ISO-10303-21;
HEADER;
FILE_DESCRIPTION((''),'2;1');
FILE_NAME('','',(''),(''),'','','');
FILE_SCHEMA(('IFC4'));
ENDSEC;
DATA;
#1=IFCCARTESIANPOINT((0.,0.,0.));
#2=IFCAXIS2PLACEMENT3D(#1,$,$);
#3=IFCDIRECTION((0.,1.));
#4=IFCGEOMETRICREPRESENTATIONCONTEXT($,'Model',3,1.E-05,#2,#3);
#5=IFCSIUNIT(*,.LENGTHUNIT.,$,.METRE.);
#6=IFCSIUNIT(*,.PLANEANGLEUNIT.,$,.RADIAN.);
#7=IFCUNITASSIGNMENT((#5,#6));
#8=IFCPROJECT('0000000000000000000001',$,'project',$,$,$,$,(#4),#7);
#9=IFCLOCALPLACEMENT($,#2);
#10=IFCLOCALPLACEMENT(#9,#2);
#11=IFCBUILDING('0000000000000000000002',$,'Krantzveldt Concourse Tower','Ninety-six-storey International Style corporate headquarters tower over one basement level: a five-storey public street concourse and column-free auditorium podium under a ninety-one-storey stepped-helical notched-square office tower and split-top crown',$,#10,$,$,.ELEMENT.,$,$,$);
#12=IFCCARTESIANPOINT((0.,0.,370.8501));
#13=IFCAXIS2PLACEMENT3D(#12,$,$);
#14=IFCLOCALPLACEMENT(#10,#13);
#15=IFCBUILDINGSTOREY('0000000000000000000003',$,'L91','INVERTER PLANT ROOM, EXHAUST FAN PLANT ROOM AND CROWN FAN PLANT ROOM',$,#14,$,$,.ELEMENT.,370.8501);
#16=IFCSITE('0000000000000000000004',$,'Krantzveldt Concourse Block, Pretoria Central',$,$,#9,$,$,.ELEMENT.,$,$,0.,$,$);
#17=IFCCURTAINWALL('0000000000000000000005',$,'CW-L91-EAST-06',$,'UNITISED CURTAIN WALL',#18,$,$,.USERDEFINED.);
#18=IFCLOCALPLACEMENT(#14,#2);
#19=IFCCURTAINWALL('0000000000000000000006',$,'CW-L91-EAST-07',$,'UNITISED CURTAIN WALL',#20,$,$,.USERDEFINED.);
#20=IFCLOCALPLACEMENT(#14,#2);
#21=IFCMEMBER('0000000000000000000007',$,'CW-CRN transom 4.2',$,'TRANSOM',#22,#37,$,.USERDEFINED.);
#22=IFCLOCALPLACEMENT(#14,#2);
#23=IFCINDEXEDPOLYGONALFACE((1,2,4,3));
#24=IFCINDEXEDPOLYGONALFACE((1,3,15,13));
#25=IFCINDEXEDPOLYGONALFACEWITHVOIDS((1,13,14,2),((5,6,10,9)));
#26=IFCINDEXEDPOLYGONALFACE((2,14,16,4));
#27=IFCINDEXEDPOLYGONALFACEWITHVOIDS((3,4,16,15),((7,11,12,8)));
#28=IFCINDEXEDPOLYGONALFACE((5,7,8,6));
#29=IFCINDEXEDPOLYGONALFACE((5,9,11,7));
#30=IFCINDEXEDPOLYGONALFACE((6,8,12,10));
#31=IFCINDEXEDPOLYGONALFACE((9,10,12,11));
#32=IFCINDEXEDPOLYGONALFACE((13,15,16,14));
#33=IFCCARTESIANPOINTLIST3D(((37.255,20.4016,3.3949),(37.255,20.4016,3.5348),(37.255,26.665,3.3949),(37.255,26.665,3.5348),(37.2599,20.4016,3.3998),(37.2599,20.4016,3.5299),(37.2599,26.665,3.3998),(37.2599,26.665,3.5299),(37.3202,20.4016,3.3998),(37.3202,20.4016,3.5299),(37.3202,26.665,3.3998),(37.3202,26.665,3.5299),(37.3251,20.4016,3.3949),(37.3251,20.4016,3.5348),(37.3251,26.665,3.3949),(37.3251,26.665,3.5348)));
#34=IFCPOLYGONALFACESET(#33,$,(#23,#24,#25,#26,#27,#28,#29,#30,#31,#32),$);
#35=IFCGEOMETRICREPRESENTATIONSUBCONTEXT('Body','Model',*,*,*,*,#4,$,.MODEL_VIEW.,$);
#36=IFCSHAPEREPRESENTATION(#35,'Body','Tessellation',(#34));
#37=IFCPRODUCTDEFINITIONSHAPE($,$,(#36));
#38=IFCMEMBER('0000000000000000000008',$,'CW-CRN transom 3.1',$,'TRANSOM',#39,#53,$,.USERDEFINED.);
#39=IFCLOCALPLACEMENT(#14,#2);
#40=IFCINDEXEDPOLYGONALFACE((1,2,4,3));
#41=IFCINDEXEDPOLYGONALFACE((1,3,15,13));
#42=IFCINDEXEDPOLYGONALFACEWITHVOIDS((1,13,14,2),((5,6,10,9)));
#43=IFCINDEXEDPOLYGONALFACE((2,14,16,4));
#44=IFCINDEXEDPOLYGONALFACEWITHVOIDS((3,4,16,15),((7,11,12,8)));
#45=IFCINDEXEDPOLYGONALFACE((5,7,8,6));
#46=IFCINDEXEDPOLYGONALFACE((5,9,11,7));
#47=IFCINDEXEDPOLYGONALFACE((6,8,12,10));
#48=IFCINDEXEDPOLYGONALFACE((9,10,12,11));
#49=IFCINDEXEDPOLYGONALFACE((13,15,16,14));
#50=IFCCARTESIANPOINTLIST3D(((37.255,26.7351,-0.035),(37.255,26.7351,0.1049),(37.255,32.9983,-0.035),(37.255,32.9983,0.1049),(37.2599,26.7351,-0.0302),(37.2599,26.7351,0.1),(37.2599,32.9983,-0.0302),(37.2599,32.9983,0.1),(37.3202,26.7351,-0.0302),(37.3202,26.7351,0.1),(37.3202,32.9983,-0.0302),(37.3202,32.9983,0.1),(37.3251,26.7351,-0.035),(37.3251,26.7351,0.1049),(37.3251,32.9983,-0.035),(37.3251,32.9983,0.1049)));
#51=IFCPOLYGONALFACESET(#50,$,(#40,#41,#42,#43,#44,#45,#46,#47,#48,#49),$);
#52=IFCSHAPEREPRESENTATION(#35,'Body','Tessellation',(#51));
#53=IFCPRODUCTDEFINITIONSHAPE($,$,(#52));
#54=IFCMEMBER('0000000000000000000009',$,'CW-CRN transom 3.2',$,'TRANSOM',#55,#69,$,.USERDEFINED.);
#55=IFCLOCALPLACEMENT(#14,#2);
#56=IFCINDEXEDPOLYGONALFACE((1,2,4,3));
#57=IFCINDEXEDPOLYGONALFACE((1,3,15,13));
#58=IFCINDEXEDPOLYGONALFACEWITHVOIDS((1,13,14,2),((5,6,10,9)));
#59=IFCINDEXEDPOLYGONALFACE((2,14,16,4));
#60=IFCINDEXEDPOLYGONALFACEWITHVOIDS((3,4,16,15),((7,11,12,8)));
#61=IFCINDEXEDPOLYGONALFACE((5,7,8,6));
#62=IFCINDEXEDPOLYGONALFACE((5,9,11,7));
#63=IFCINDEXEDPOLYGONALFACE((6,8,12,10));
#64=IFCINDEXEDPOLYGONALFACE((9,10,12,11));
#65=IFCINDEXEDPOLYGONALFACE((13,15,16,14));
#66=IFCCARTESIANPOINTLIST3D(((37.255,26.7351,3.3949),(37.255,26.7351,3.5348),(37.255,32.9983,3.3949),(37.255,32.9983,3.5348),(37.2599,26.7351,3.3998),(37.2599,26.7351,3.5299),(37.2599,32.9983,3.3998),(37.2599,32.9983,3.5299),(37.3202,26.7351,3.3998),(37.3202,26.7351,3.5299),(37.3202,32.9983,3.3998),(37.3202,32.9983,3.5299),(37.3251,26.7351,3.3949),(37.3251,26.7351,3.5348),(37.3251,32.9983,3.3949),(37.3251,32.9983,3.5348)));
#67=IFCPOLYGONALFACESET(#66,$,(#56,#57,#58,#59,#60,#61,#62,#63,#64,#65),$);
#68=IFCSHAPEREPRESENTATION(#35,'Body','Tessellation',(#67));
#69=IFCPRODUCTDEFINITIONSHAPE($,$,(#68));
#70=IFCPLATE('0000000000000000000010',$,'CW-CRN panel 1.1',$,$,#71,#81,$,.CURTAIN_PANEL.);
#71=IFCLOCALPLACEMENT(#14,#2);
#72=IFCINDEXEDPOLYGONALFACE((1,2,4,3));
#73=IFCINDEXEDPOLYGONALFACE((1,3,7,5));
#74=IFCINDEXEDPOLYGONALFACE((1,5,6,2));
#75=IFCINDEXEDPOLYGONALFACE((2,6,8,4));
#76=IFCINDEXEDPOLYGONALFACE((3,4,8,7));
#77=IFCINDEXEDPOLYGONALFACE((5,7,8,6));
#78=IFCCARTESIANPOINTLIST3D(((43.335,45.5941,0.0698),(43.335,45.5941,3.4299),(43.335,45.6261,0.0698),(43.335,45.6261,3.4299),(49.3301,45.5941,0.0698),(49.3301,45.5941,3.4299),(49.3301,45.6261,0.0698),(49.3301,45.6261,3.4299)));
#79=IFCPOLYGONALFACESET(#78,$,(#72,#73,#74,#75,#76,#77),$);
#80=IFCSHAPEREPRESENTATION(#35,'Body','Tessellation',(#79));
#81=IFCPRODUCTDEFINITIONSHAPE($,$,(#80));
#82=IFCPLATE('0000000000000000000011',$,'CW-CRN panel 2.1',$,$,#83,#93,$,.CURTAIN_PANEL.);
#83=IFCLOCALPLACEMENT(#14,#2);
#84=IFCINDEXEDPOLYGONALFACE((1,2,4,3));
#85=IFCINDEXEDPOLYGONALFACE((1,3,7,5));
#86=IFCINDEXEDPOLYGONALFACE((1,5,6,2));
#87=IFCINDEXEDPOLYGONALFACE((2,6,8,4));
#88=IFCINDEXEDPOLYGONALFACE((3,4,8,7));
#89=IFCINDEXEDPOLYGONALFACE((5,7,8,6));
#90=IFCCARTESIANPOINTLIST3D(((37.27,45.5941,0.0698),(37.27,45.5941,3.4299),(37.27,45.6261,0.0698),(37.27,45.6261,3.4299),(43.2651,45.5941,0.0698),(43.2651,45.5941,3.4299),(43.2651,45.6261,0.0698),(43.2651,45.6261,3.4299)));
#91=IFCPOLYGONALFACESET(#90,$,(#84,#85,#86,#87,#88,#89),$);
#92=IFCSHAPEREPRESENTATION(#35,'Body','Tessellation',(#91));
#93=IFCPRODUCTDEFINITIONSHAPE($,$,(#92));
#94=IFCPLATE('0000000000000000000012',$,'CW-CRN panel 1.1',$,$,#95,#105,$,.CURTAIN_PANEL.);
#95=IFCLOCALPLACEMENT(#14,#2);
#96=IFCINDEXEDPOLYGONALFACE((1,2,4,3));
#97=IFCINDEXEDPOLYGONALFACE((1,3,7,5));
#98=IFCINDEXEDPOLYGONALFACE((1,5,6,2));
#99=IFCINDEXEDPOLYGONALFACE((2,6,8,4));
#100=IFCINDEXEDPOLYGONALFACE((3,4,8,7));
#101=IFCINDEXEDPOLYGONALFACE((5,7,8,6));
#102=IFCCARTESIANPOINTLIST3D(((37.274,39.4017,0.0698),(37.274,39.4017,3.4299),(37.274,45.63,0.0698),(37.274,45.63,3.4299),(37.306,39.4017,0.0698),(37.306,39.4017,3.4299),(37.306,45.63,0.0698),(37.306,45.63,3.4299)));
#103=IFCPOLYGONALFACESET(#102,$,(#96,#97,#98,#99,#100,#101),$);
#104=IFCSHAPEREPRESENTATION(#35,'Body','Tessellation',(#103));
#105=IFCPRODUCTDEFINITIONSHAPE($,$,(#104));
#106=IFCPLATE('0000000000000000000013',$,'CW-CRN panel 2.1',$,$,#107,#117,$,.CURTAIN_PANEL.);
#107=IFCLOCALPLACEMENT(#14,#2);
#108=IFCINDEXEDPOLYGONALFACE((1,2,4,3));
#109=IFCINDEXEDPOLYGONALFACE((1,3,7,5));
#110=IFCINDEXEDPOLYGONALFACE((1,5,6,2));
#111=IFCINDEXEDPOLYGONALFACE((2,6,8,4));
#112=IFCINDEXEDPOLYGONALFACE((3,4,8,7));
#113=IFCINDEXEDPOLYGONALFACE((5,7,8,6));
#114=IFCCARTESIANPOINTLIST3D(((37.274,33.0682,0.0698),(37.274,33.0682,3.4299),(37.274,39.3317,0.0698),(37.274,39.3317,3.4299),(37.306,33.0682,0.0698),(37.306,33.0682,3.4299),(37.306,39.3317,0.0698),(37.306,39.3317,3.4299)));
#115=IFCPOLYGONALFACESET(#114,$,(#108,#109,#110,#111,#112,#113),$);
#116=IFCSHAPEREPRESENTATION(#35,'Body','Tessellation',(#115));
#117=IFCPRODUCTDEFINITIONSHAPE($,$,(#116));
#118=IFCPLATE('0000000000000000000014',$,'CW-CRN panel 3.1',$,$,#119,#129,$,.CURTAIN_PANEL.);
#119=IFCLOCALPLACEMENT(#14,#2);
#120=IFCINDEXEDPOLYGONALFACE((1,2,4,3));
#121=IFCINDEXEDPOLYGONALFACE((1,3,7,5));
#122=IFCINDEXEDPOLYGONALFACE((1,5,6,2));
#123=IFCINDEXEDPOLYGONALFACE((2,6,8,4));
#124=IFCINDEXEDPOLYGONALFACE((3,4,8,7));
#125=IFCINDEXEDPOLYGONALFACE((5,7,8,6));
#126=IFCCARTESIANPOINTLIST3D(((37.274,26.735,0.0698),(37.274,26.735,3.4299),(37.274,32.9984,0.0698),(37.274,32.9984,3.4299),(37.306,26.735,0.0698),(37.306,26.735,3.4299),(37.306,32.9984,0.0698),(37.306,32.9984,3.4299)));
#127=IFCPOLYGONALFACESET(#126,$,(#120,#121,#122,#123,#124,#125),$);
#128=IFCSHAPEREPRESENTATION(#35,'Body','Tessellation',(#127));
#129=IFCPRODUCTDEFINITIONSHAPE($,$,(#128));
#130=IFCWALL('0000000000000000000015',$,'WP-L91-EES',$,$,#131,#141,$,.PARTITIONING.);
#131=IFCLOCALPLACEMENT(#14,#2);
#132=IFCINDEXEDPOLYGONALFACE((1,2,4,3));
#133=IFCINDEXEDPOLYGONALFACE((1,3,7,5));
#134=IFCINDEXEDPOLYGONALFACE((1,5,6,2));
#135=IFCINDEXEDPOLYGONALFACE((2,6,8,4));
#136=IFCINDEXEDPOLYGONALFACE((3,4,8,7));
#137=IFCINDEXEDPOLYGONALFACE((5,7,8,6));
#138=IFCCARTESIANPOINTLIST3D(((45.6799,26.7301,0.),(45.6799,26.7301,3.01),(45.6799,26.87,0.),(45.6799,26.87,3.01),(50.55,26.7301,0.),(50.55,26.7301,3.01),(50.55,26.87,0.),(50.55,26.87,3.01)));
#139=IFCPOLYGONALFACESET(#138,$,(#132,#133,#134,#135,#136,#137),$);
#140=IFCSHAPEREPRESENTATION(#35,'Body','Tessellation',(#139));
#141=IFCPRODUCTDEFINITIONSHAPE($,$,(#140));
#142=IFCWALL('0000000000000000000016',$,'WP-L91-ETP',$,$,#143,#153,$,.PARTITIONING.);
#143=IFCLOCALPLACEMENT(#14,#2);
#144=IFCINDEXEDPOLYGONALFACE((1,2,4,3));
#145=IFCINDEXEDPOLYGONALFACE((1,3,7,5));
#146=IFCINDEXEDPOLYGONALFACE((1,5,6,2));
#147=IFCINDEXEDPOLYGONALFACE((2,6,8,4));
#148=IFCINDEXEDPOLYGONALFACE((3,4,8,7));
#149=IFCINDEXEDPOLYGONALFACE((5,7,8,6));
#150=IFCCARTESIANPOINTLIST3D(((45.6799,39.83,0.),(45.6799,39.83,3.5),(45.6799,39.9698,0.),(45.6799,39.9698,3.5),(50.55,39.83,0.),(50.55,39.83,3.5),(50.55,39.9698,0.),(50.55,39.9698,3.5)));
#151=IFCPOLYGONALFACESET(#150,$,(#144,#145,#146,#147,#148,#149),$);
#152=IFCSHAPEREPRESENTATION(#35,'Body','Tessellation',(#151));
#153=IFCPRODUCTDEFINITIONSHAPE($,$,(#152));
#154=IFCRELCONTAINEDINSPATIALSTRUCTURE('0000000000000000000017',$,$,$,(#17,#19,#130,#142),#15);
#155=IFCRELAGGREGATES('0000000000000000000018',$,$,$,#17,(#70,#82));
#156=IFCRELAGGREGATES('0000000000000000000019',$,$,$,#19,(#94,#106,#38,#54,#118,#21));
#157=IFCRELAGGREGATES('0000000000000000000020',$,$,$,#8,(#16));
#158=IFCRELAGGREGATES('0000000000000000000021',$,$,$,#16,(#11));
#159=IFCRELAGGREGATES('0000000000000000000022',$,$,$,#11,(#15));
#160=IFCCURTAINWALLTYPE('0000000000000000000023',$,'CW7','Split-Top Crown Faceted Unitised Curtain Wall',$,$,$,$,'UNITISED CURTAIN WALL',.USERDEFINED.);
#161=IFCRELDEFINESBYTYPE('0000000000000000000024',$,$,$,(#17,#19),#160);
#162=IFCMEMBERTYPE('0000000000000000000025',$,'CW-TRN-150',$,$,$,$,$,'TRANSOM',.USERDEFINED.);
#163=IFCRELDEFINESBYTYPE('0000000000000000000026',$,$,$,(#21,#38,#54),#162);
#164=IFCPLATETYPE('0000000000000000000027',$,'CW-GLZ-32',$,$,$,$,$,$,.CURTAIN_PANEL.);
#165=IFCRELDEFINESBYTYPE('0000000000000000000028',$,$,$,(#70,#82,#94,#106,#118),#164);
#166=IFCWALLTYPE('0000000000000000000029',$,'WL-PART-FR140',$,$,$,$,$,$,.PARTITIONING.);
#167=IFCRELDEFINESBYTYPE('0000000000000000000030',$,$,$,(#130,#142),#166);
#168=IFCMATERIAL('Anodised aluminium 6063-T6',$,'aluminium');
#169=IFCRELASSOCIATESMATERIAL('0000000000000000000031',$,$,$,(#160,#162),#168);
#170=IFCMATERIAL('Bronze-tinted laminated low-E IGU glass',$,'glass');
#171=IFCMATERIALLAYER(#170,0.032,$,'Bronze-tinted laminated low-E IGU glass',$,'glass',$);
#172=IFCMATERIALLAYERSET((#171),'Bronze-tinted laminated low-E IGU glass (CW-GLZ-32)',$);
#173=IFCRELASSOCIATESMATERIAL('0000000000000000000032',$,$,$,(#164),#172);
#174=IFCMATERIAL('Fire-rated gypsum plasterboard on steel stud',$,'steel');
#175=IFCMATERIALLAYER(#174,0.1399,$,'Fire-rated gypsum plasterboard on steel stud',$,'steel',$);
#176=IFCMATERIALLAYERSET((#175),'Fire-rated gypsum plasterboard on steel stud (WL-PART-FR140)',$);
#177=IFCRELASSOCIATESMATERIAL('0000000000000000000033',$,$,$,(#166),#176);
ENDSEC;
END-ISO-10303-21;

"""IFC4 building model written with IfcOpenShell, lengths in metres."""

from ifc_helpers import new_model, si_unit, direction, frame, frame_2d, origin, origin_2d, place, context, subcontext, project, spatial, rectangle, hollow_rectangle, extrude, source, transform, mapped, material, layer, layer_set, material_profile, profile_set, type_object, type_shapes, element, aggregate, save


model = new_model("IFC4")

# Units and contexts
model_context = context("Model", 3, precision=1e-05, world=origin(), true_north=direction((0.0, 1.0)))
body_context = subcontext(model_context, "Body", "Model", "MODEL_VIEW")
ifc_project = project(units=[si_unit("LENGTHUNIT", "METRE"), si_unit("PLANEANGLEUNIT", "RADIAN")], contexts=[model_context])

# Site, building, storey
site_placement = place(None, origin())
site = spatial("IfcSite", under=ifc_project, at=site_placement, Name="Krantzveldt Concourse Block, Pretoria Central", CompositionType="ELEMENT", RefElevation=0.0)
building_placement = place(site_placement, origin())
building = spatial("IfcBuilding", under=site, at=building_placement, Name="Krantzveldt Concourse Tower", Description="Ninety-six-storey International Style corporate headquarters tower over one basement level: a five-storey public street concourse and column-free auditorium podium under a ninety-one-storey stepped-helical notched-square office tower and split-top crown", CompositionType="ELEMENT")
storey_placement = place(building_placement, frame((0.0, 0.0, 370.8501)))
storey = spatial("IfcBuildingStorey", under=building, at=storey_placement, Name="L91", Description="INVERTER PLANT ROOM, EXHAUST FAN PLANT ROOM AND CROWN FAN PLANT ROOM", CompositionType="ELEMENT", Elevation=370.8501)

# Shared definitions
ifc_material_1 = material(Name="Anodised aluminium 6063-T6", Category="aluminium")
curtain_wall_type = type_object("IfcCurtainWallType", Name="CW7", Description="Split-Top Crown Faceted Unitised Curtain Wall", ElementType="UNITISED CURTAIN WALL", PredefinedType="USERDEFINED", material=ifc_material_1)

# Curtain walls
curtain_wall_1_placement = place(storey_placement, origin())
curtain_wall_1 = element("IfcCurtainWall", 1, at=curtain_wall_1_placement, inside=storey, type_object=curtain_wall_type, Name="CW-L91-EAST-06", ObjectType="UNITISED CURTAIN WALL", PredefinedType="USERDEFINED")
curtain_wall_2_placement = place(storey_placement, origin())
curtain_wall_2 = element("IfcCurtainWall", 2, at=curtain_wall_2_placement, inside=storey, type_object=curtain_wall_type, Name="CW-L91-EAST-07", ObjectType="UNITISED CURTAIN WALL", PredefinedType="USERDEFINED")

# Members
ifc_material_profile_1 = material_profile(ifc_material_1, hollow_rectangle(XDim=0.0701, YDim=0.1399, WallThickness=0.0049, at=origin_2d()), Name="Anodised aluminium 6063-T6", Category="aluminium")
ifc_profile_set_1 = profile_set([ifc_material_profile_1], Name="Anodised aluminium 6063-T6 - ALU-TRAN 140x70x5")
member_type_1 = type_object("IfcMemberType", Name="CW-TRN-150", ElementType="TRANSOM", PredefinedType="USERDEFINED", material=ifc_profile_set_1)
shared_shape_1 = source(origin(), body_context, "Body", "SweptSolid", [
    extrude(hollow_rectangle(XDim=0.0701, YDim=0.1399, WallThickness=0.0049, at=origin_2d()), origin(), (0.0, 0.0, 1.0), 6.2634),
])
member_1_placement = place(storey_placement, frame((37.29, 26.665, 3.4648), z_axis=(0.0, -1.0, 0.0), x_axis=(1.0, 0.0, 0.0)))
member_1 = element("IfcMember", 3, at=member_1_placement, type_object=member_type_1, Name="CW-CRN transom 4.2", ObjectType="TRANSOM", PredefinedType="USERDEFINED", context=body_context, shape_type="MappedRepresentation", body=[
    mapped(shared_shape_1, transform((0.0, 0.0, 0.0), x_axis=(1.0, 0.0, 0.0), y_axis=(0.0, 1.0, 0.0), z_axis=(0.0, 0.0, 1.0), scale=1.0)),
])
shared_shape_2 = source(origin(), body_context, "Body", "SweptSolid", [
    extrude(hollow_rectangle(XDim=0.0701, YDim=0.1399, WallThickness=0.0049, at=origin_2d()), origin(), (0.0, 0.0, 1.0), 6.2632),
])
member_2_placement = place(storey_placement, frame((37.29, 32.9983, 0.0349), z_axis=(0.0, -1.0, 0.0), x_axis=(1.0, 0.0, 0.0)))
member_2 = element("IfcMember", 4, at=member_2_placement, type_object=member_type_1, Name="CW-CRN transom 3.1", ObjectType="TRANSOM", PredefinedType="USERDEFINED", context=body_context, shape_type="MappedRepresentation", body=[
    mapped(shared_shape_2, transform((0.0, 0.0, 0.0), x_axis=(1.0, 0.0, 0.0), y_axis=(0.0, 1.0, 0.0), z_axis=(0.0, 0.0, 1.0), scale=1.0)),
])
member_3_placement = place(storey_placement, frame((37.29, 32.9983, 3.4648), z_axis=(0.0, -1.0, 0.0), x_axis=(1.0, 0.0, 0.0)))
member_3 = element("IfcMember", 5, at=member_3_placement, type_object=member_type_1, Name="CW-CRN transom 3.2", ObjectType="TRANSOM", PredefinedType="USERDEFINED", context=body_context, shape_type="MappedRepresentation", body=[
    mapped(shared_shape_2, transform((0.0, 0.0, 0.0), x_axis=(1.0, 0.0, 0.0), y_axis=(0.0, 1.0, 0.0), z_axis=(0.0, 0.0, 1.0), scale=1.0)),
])

# Plates
ifc_material_2 = material(Name="Bronze-tinted laminated low-E IGU glass", Category="glass")
ifc_layer_1 = layer(ifc_material_2, 0.032, Name="Bronze-tinted laminated low-E IGU glass", Category="glass")
ifc_layer_set_1 = layer_set([ifc_layer_1], Name="Bronze-tinted laminated low-E IGU glass (CW-GLZ-32)")
plate_type = type_object("IfcPlateType", Name="CW-GLZ-32", PredefinedType="CURTAIN_PANEL", material=ifc_layer_set_1)
shared_shape_3 = source(origin(), body_context, "Body", "SweptSolid", [
    extrude(rectangle(XDim=5.9951, YDim=0.032, at=origin_2d()), origin(), (0.0, 0.0, 1.0), 3.3601),
])
plate_1_placement = place(storey_placement, frame((46.3325, 45.6101, 0.0698), z_axis=(0.0, 0.0, 1.0), x_axis=(-1.0, 0.0, 0.0)))
plate_1 = element("IfcPlate", 6, at=plate_1_placement, type_object=plate_type, Name="CW-CRN panel 1.1", PredefinedType="CURTAIN_PANEL", context=body_context, shape_type="MappedRepresentation", body=[
    mapped(shared_shape_3, transform((0.0, 0.0, 0.0), x_axis=(1.0, 0.0, 0.0), y_axis=(0.0, 1.0, 0.0), z_axis=(0.0, 0.0, 1.0), scale=1.0)),
])
plate_2_placement = place(storey_placement, frame((40.2676, 45.6101, 0.0698), z_axis=(0.0, 0.0, 1.0), x_axis=(-1.0, 0.0, 0.0)))
plate_2 = element("IfcPlate", 7, at=plate_2_placement, type_object=plate_type, Name="CW-CRN panel 2.1", PredefinedType="CURTAIN_PANEL", context=body_context, shape_type="MappedRepresentation", body=[
    mapped(shared_shape_3, transform((0.0, 0.0, 0.0), x_axis=(1.0, 0.0, 0.0), y_axis=(0.0, 1.0, 0.0), z_axis=(0.0, 0.0, 1.0), scale=1.0)),
])
aggregate(curtain_wall_1, [plate_1, plate_2])
shared_shape_4 = source(origin(), body_context, "Body", "SweptSolid", [
    extrude(rectangle(XDim=6.2283, YDim=0.032, at=origin_2d()), origin(), (0.0, 0.0, 1.0), 3.3601),
])
plate_3_placement = place(storey_placement, frame((37.29, 42.5159, 0.0698), z_axis=(0.0, 0.0, 1.0), x_axis=(0.0, -1.0, 0.0)))
plate_3 = element("IfcPlate", 8, at=plate_3_placement, type_object=plate_type, Name="CW-CRN panel 1.1", PredefinedType="CURTAIN_PANEL", context=body_context, shape_type="MappedRepresentation", body=[
    mapped(shared_shape_4, transform((0.0, 0.0, 0.0), x_axis=(1.0, 0.0, 0.0), y_axis=(0.0, 1.0, 0.0), z_axis=(0.0, 0.0, 1.0), scale=1.0)),
])
shared_shape_5 = source(origin(), body_context, "Body", "SweptSolid", [
    extrude(rectangle(XDim=6.2634, YDim=0.032, at=origin_2d()), origin(), (0.0, 0.0, 1.0), 3.3601),
])
type_shapes(plate_type, [shared_shape_3, shared_shape_4, shared_shape_5])
plate_4_placement = place(storey_placement, frame((37.29, 36.2, 0.0698), z_axis=(0.0, 0.0, 1.0), x_axis=(0.0, -1.0, 0.0)))
plate_4 = element("IfcPlate", 9, at=plate_4_placement, type_object=plate_type, Name="CW-CRN panel 2.1", PredefinedType="CURTAIN_PANEL", context=body_context, shape_type="MappedRepresentation", body=[
    mapped(shared_shape_5, transform((0.0, 0.0, 0.0), x_axis=(1.0, 0.0, 0.0), y_axis=(0.0, 1.0, 0.0), z_axis=(0.0, 0.0, 1.0), scale=1.0)),
])
plate_5_placement = place(storey_placement, frame((37.29, 29.8667, 0.0698), z_axis=(0.0, 0.0, 1.0), x_axis=(0.0, -1.0, 0.0)))
plate_5 = element("IfcPlate", 10, at=plate_5_placement, type_object=plate_type, Name="CW-CRN panel 3.1", PredefinedType="CURTAIN_PANEL", context=body_context, shape_type="MappedRepresentation", body=[
    mapped(shared_shape_5, transform((0.0, 0.0, 0.0), x_axis=(1.0, 0.0, 0.0), y_axis=(0.0, 1.0, 0.0), z_axis=(0.0, 0.0, 1.0), scale=1.0)),
])
aggregate(curtain_wall_2, [plate_3, plate_4, member_2, member_3, plate_5, member_1])

# Walls
ifc_material_3 = material(Name="Fire-rated gypsum plasterboard on steel stud", Category="steel")
ifc_layer_2 = layer(ifc_material_3, 0.1399, Name="Fire-rated gypsum plasterboard on steel stud", Category="steel")
ifc_layer_set_2 = layer_set([ifc_layer_2], Name="Fire-rated gypsum plasterboard on steel stud (WL-PART-FR140)")
wall_type_1 = type_object("IfcWallType", Name="WL-PART-FR140", PredefinedType="PARTITIONING", material=ifc_layer_set_2)
wall_1_placement = place(storey_placement, frame((45.6799, 26.8, 0.0), z_axis=(0.0, 0.0, 1.0), x_axis=(1.0, 0.0, 0.0)))
element("IfcWall", 11, at=wall_1_placement, inside=storey, type_object=wall_type_1, Name="WP-L91-EES", PredefinedType="PARTITIONING", context=body_context, shape_type="SweptSolid", body=[
    extrude(rectangle(XDim=4.8701, YDim=0.1399, at=frame_2d((2.4351, 0.0))), origin(), (0.0, 0.0, 1.0), 3.01),
])
wall_2_placement = place(storey_placement, frame((45.6799, 39.8999, 0.0), z_axis=(0.0, 0.0, 1.0), x_axis=(1.0, 0.0, 0.0)))
element("IfcWall", 12, at=wall_2_placement, inside=storey, type_object=wall_type_1, Name="WP-L91-ETP", PredefinedType="PARTITIONING", context=body_context, shape_type="SweptSolid", body=[
    extrude(rectangle(XDim=4.8701, YDim=0.1399, at=frame_2d((2.4351, 0.0))), origin(), (0.0, 0.0, 1.0), 3.5),
])

save(model, "model.ifc")
